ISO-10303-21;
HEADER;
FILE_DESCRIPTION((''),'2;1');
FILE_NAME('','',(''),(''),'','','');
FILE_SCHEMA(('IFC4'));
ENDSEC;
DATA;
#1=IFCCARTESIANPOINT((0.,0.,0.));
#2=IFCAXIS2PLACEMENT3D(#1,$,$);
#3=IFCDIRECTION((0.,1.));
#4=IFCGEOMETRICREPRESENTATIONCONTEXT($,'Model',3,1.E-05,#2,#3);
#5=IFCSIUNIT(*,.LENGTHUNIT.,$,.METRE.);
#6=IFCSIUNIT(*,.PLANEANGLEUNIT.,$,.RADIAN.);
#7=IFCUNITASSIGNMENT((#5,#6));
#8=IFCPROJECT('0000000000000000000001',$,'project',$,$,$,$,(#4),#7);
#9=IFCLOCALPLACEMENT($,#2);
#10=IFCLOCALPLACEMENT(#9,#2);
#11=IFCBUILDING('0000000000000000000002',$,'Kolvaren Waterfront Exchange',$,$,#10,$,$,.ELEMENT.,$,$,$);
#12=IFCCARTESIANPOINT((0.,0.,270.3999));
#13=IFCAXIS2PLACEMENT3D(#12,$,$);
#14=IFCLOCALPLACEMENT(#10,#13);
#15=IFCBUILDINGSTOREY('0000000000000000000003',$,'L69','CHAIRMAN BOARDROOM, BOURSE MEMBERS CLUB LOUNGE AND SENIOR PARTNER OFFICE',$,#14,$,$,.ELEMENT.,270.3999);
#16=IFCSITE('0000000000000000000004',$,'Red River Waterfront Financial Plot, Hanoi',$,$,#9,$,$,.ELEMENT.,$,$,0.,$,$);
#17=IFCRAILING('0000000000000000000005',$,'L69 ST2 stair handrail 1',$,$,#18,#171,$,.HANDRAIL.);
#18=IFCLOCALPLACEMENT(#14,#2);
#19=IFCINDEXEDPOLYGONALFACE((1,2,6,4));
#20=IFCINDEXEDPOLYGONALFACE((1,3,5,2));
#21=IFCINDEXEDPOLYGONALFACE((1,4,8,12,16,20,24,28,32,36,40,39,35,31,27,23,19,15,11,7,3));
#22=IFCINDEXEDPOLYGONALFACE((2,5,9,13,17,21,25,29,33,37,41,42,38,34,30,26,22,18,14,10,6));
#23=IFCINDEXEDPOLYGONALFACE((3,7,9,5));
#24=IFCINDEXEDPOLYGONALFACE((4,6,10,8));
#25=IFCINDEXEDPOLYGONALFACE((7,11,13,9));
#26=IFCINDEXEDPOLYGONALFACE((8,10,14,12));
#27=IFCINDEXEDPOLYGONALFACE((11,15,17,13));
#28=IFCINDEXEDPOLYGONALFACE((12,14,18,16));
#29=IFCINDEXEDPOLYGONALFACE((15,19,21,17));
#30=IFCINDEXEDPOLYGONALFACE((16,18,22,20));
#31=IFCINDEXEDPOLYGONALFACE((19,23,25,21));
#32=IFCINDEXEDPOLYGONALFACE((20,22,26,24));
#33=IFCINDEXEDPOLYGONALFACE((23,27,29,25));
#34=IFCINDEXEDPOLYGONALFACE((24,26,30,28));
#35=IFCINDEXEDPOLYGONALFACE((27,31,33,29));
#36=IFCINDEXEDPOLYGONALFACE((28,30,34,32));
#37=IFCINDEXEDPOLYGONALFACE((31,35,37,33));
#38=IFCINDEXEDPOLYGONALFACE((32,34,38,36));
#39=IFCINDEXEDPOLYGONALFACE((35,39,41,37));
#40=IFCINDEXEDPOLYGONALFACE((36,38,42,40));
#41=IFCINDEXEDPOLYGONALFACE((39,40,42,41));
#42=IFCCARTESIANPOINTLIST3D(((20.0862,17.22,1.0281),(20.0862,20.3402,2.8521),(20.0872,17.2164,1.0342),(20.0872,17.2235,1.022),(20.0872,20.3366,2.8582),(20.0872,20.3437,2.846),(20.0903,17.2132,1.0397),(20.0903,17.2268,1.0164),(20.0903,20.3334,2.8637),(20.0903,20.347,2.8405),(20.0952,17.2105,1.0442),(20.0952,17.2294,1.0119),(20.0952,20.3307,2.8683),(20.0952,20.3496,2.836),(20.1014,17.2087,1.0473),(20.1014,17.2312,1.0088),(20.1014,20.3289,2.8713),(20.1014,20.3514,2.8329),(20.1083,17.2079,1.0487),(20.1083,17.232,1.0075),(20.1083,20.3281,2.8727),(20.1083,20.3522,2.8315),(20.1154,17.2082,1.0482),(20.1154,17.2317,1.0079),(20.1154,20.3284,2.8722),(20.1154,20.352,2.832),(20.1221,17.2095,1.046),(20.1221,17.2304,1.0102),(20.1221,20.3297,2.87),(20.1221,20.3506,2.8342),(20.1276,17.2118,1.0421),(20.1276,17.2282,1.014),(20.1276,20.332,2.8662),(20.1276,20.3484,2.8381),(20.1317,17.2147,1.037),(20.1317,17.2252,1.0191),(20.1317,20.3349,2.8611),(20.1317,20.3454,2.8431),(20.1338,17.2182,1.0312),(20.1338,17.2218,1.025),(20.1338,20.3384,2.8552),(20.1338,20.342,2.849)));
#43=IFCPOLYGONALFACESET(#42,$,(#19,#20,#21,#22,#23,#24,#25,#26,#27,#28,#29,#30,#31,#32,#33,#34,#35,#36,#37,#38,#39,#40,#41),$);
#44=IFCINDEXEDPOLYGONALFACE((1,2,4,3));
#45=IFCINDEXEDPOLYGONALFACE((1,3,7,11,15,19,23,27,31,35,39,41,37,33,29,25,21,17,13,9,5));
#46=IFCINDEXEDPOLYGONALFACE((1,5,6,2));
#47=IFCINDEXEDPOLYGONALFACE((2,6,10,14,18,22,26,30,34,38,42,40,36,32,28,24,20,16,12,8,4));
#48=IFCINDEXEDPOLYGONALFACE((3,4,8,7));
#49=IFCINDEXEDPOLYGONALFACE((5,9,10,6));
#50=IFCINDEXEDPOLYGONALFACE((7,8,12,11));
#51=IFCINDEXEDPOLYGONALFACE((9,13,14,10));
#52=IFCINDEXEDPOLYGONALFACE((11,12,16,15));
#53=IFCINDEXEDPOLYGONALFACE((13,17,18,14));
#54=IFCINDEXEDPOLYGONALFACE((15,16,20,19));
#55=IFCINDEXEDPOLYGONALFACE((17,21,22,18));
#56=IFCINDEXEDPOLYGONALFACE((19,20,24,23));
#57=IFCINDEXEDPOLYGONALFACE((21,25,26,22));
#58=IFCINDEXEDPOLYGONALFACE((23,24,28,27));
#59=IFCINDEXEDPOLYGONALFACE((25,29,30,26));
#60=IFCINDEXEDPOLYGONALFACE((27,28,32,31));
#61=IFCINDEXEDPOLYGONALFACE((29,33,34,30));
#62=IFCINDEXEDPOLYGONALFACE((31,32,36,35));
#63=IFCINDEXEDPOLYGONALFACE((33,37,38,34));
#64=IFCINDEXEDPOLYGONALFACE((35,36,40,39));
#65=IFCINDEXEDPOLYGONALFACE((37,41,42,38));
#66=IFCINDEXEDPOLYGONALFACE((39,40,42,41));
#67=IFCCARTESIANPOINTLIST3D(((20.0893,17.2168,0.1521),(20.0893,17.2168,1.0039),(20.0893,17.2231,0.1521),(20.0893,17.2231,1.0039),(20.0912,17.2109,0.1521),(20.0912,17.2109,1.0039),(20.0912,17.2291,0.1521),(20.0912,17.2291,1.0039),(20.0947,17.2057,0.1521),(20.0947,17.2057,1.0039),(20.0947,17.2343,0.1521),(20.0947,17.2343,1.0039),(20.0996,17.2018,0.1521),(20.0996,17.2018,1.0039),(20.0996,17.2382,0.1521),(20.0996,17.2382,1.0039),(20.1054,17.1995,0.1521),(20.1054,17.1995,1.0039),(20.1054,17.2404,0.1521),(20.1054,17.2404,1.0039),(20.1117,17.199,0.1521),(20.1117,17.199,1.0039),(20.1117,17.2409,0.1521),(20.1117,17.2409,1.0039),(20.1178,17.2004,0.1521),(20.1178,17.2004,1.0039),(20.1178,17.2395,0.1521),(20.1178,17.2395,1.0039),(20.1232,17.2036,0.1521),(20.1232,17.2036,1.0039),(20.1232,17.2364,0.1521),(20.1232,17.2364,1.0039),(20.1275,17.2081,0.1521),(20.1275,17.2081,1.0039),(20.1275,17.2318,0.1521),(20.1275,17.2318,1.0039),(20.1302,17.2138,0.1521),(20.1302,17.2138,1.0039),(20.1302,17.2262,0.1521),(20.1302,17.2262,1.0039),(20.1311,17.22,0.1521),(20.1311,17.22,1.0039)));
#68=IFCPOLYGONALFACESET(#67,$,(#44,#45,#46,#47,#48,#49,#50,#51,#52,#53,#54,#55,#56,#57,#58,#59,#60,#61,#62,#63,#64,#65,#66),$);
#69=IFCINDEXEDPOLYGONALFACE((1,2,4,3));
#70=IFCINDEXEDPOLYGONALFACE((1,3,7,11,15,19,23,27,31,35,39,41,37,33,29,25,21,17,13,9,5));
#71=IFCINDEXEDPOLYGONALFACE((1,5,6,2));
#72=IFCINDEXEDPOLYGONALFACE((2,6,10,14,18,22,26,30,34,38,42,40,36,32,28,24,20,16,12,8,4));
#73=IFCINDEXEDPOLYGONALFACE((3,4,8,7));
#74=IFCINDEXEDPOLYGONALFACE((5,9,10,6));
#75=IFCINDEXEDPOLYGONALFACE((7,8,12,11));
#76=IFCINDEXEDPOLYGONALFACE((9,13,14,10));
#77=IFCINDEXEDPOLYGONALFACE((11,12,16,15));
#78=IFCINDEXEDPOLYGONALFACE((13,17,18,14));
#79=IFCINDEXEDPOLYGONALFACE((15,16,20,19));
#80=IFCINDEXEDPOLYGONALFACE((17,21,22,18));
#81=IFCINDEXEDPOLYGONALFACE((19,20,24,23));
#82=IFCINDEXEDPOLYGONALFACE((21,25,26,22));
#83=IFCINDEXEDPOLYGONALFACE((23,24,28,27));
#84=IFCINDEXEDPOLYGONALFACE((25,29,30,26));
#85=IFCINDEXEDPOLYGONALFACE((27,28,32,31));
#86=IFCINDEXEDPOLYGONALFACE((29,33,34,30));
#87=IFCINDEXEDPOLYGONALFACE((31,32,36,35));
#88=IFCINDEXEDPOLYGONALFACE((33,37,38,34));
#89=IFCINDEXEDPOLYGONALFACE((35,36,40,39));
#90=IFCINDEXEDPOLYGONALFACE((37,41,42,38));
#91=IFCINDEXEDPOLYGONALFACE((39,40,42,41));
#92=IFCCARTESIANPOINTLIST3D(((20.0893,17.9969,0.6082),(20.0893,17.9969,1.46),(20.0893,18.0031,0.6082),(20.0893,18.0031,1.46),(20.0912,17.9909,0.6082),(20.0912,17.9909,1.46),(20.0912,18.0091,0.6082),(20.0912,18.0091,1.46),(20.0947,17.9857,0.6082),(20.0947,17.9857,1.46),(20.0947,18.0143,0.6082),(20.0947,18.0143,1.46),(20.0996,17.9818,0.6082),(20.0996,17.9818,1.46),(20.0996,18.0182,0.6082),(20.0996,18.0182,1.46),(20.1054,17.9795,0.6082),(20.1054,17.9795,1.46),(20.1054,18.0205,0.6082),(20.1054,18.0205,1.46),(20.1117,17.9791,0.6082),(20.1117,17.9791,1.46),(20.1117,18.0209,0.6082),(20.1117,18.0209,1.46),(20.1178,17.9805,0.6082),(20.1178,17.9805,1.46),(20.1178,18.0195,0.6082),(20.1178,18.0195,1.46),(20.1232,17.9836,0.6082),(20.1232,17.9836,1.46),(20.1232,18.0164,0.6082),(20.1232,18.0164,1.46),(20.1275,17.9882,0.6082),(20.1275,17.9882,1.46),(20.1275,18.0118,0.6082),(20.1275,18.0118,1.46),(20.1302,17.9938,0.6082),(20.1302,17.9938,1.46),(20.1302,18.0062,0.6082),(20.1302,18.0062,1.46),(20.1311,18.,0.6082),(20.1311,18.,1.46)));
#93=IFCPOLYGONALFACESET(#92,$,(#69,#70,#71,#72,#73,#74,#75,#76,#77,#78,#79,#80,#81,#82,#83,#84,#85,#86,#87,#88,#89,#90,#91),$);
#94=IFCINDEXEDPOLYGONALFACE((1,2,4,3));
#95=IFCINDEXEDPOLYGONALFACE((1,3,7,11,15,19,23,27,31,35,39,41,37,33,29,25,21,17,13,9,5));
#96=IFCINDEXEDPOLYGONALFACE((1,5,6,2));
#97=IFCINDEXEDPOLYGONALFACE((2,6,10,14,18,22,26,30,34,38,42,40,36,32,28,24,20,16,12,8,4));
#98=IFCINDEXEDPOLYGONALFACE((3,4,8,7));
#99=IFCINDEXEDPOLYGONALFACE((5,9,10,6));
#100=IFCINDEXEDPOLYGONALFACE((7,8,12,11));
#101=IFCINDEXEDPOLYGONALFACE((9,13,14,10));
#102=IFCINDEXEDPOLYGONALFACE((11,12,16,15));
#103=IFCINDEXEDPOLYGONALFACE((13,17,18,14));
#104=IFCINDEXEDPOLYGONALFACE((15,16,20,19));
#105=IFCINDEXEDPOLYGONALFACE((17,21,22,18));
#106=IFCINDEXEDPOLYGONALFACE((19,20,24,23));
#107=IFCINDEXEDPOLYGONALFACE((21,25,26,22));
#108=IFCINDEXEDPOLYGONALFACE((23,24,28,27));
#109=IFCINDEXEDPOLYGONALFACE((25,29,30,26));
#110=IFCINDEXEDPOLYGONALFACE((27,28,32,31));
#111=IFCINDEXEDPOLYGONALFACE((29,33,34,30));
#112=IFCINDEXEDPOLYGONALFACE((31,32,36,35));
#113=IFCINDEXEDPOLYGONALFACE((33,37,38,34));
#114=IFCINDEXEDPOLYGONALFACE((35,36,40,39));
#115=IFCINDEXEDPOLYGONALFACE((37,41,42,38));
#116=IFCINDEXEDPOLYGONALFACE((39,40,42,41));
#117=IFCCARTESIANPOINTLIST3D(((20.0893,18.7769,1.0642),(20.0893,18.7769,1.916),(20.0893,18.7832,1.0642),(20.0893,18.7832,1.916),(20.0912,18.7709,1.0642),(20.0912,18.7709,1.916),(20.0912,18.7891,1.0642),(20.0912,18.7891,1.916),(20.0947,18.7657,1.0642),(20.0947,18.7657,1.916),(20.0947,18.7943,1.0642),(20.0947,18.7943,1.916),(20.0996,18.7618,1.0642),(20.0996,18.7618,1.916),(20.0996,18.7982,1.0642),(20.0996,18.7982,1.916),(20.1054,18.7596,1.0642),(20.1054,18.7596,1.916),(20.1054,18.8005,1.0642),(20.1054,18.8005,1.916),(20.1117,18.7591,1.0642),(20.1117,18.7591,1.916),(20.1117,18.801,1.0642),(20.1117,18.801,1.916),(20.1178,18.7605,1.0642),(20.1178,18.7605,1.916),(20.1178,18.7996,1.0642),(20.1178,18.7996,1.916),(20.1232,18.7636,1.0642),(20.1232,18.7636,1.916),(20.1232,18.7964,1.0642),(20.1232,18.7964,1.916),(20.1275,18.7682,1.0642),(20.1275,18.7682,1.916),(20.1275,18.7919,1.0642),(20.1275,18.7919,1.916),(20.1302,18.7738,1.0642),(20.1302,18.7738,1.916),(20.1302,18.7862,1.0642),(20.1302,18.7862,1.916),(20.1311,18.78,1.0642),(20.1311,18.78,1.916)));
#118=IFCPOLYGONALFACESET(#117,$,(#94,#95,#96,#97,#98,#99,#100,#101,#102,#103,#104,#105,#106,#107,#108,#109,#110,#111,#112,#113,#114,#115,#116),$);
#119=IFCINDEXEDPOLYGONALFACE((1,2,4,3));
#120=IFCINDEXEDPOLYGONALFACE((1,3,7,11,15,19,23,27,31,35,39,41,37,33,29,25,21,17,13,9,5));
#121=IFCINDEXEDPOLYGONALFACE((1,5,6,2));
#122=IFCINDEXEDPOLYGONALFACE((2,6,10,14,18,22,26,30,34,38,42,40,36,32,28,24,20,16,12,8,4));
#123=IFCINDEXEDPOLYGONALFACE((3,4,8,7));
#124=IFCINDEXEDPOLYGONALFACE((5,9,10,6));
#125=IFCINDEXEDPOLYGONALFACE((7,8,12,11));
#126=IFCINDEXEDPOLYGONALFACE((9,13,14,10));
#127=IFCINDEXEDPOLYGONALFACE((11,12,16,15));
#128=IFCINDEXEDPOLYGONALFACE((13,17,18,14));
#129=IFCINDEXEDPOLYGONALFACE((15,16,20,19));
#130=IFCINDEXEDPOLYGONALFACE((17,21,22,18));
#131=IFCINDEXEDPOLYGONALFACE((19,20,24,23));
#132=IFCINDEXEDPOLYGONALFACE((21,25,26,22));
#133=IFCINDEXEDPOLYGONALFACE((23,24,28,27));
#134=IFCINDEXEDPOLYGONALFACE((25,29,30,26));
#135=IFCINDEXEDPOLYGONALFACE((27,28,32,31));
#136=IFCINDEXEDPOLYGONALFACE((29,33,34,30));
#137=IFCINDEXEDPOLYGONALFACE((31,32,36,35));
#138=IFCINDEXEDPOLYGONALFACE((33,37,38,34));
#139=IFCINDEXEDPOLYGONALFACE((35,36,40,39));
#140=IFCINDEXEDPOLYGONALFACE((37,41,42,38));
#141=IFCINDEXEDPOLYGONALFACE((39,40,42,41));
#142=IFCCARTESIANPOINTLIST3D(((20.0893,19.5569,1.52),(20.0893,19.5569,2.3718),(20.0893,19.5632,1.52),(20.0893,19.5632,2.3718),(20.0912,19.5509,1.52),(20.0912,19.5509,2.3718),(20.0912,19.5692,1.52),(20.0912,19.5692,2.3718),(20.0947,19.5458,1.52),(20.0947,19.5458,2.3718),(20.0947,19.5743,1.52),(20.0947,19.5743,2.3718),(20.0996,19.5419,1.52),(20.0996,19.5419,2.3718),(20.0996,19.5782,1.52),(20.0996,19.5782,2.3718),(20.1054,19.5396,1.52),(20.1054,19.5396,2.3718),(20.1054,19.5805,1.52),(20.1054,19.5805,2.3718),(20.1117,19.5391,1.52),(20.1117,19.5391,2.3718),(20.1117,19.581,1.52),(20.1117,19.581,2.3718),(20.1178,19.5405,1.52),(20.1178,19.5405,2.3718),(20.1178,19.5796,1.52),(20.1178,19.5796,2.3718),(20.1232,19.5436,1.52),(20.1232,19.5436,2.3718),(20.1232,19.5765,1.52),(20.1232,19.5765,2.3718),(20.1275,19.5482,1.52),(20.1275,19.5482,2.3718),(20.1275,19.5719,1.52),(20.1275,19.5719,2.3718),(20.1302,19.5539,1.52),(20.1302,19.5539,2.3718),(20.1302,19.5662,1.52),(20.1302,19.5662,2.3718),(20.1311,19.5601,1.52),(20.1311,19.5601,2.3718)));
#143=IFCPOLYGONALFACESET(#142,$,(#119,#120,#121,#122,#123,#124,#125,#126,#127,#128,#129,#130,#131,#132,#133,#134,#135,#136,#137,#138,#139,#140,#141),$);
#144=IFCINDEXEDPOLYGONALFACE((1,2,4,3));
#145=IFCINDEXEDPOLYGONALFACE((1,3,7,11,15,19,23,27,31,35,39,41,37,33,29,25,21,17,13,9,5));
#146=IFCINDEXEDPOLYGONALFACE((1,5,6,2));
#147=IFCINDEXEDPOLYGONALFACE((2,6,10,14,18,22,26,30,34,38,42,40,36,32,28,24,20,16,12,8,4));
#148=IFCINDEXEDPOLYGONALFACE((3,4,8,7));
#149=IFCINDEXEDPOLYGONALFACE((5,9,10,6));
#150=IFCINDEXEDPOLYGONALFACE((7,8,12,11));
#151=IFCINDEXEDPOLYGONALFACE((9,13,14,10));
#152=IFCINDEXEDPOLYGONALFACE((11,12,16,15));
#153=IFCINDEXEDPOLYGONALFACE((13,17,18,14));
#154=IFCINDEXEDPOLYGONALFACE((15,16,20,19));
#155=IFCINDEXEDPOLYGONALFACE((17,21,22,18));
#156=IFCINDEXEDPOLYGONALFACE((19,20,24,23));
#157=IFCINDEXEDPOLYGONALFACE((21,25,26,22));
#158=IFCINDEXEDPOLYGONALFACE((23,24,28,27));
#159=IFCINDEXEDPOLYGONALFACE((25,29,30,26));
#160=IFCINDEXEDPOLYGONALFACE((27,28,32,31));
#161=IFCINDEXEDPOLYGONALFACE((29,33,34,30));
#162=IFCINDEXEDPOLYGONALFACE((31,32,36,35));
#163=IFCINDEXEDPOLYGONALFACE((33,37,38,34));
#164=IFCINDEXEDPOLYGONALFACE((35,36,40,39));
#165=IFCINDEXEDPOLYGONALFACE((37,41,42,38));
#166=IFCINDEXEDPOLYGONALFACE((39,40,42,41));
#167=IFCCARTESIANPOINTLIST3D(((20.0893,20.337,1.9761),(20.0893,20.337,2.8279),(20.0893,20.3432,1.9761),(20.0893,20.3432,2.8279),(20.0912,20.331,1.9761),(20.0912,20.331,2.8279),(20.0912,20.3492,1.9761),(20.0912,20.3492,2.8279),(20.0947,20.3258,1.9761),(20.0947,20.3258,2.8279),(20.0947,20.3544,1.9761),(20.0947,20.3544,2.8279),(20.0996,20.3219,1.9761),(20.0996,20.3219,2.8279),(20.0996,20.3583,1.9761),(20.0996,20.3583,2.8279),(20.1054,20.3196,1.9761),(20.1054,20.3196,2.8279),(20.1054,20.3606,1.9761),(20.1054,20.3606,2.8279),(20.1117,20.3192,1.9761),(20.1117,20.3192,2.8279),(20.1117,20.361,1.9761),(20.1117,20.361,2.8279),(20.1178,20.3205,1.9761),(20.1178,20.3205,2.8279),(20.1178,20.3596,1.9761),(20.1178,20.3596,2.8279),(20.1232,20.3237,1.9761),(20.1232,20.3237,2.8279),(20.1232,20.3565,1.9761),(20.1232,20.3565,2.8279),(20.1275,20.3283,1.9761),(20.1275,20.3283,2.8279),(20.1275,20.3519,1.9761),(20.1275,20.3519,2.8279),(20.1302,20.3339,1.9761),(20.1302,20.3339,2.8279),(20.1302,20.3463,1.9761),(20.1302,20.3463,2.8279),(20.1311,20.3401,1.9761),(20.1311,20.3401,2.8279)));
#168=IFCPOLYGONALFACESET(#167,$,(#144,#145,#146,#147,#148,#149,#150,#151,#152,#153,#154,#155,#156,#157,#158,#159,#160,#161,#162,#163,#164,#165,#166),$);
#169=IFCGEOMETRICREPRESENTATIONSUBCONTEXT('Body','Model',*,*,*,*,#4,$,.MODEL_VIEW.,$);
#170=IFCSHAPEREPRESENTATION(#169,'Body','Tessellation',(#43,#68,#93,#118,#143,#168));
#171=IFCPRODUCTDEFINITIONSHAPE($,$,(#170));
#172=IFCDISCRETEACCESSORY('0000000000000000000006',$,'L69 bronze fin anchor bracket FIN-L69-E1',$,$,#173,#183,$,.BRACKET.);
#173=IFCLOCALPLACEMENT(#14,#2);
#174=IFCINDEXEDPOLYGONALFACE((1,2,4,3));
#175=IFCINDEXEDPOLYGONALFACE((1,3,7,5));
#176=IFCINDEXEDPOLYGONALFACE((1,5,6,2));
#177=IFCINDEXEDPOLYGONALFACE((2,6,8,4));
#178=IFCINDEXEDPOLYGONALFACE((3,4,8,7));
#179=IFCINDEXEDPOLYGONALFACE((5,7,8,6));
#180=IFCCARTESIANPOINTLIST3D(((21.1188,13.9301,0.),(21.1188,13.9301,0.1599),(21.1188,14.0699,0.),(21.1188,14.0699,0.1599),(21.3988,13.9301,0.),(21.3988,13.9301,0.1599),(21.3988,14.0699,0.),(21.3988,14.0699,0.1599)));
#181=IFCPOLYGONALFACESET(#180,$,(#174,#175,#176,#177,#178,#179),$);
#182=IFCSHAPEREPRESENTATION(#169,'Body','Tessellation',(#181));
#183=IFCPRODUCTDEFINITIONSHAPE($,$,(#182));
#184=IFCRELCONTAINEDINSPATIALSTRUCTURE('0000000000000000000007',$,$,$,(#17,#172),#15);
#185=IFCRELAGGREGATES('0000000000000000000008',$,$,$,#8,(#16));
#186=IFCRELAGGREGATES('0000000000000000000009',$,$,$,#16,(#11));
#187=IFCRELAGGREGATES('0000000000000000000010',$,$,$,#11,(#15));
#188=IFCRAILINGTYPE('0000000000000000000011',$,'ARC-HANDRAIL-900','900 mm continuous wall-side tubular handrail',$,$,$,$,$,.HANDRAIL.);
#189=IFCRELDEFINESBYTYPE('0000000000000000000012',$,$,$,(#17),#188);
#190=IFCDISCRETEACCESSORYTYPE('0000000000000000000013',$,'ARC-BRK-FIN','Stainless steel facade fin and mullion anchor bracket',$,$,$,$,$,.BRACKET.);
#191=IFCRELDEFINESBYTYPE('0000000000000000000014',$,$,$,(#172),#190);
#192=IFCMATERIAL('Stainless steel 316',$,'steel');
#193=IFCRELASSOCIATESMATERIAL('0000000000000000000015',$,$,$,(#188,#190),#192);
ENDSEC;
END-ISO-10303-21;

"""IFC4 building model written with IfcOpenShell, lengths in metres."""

from ifc_helpers import new_model, si_unit, direction, frame, origin, origin_with_axes, origin_2d, place, context, subcontext, project, spatial, rectangle, circle, extrude, source, transform, mapped, material, type_object, element, save


model = new_model("IFC4")

# Units and contexts
model_context = context("Model", 3, precision=1e-05, world=origin(), true_north=direction((0.0, 1.0)))
body_context = subcontext(model_context, "Body", "Model", "MODEL_VIEW")
ifc_project = project(units=[si_unit("LENGTHUNIT", "METRE"), si_unit("PLANEANGLEUNIT", "RADIAN")], contexts=[model_context])

# Site, building, storey
site_placement = place(None, origin())
site = spatial("IfcSite", under=ifc_project, at=site_placement, Name="Red River Waterfront Financial Plot, Hanoi", CompositionType="ELEMENT", RefElevation=0.0)
building_placement = place(site_placement, origin())
building = spatial("IfcBuilding", under=site, at=building_placement, Name="Kolvaren Waterfront Exchange", CompositionType="ELEMENT")
storey_placement = place(building_placement, frame((0.0, 0.0, 270.3999)))
storey = spatial("IfcBuildingStorey", under=building, at=storey_placement, Name="L69", Description="CHAIRMAN BOARDROOM, BOURSE MEMBERS CLUB LOUNGE AND SENIOR PARTNER OFFICE", CompositionType="ELEMENT", Elevation=270.3999)

# Railing
ifc_material_1 = material(Name="Stainless steel 316", Category="steel")
railing_type_1 = type_object("IfcRailingType", Name="ARC-HANDRAIL-900", Description="900 mm continuous wall-side tubular handrail", PredefinedType="HANDRAIL", material=ifc_material_1)
railing_1_placement = place(storey_placement, frame((20.1101, 17.22, 0.1521)))
element("IfcRailing", 1, at=railing_1_placement, inside=storey, type_object=railing_type_1, Name="L69 ST2 stair handrail 1", PredefinedType="HANDRAIL", context=body_context, shape_type="SweptSolid", body=[
    extrude(circle(Radius=0.0239, at=origin_2d()), frame((0.0, 0.0, 0.876), z_axis=(0.0, 0.863308, 0.504677), x_axis=(-1.0, 0.0, 0.0)), (0.0, 0.0, 1.0), 3.6143),
    extrude(circle(Radius=0.021, at=origin_2d()), origin(), (0.0, 0.0, 1.0), 0.8518),
    extrude(circle(Radius=0.021, at=origin_2d()), frame((0.0, 0.78, 0.4561)), (0.0, 0.0, 1.0), 0.8518),
    extrude(circle(Radius=0.021, at=origin_2d()), frame((0.0, 1.5601, 0.9121)), (0.0, 0.0, 1.0), 0.8518),
    extrude(circle(Radius=0.021, at=origin_2d()), frame((0.0, 2.3401, 1.3679)), (0.0, 0.0, 1.0), 0.8518),
    extrude(circle(Radius=0.021, at=origin_2d()), frame((0.0, 3.1201, 1.824)), (0.0, 0.0, 1.0), 0.8518),
])

# Discrete accessory
discrete_accessory_type = type_object("IfcDiscreteAccessoryType", Name="ARC-BRK-FIN", Description="Stainless steel facade fin and mullion anchor bracket", PredefinedType="BRACKET", material=ifc_material_1)
shared_shape = source(origin_with_axes(), body_context, "Body", "SweptSolid", [
    extrude(rectangle(XDim=0.28, YDim=0.1399, at=origin_2d()), origin(), (0.0, 0.0, 1.0), 0.1599),
])
discrete_accessory_placement = place(storey_placement, frame((21.2588, 14.0, 0.0), z_axis=(0.0, 0.0, 1.0), x_axis=(1.0, 0.0, 0.0)))
element("IfcDiscreteAccessory", 2, at=discrete_accessory_placement, inside=storey, type_object=discrete_accessory_type, Name="L69 bronze fin anchor bracket FIN-L69-E1", PredefinedType="BRACKET", context=body_context, shape_type="MappedRepresentation", body=[
    mapped(shared_shape, transform((0.0, 0.0, 0.0), x_axis=(1.0, 0.0, 0.0), y_axis=(0.0, 1.0, 0.0), z_axis=(0.0, 0.0, 1.0), scale=1.0)),
])

save(model, "model.ifc")
